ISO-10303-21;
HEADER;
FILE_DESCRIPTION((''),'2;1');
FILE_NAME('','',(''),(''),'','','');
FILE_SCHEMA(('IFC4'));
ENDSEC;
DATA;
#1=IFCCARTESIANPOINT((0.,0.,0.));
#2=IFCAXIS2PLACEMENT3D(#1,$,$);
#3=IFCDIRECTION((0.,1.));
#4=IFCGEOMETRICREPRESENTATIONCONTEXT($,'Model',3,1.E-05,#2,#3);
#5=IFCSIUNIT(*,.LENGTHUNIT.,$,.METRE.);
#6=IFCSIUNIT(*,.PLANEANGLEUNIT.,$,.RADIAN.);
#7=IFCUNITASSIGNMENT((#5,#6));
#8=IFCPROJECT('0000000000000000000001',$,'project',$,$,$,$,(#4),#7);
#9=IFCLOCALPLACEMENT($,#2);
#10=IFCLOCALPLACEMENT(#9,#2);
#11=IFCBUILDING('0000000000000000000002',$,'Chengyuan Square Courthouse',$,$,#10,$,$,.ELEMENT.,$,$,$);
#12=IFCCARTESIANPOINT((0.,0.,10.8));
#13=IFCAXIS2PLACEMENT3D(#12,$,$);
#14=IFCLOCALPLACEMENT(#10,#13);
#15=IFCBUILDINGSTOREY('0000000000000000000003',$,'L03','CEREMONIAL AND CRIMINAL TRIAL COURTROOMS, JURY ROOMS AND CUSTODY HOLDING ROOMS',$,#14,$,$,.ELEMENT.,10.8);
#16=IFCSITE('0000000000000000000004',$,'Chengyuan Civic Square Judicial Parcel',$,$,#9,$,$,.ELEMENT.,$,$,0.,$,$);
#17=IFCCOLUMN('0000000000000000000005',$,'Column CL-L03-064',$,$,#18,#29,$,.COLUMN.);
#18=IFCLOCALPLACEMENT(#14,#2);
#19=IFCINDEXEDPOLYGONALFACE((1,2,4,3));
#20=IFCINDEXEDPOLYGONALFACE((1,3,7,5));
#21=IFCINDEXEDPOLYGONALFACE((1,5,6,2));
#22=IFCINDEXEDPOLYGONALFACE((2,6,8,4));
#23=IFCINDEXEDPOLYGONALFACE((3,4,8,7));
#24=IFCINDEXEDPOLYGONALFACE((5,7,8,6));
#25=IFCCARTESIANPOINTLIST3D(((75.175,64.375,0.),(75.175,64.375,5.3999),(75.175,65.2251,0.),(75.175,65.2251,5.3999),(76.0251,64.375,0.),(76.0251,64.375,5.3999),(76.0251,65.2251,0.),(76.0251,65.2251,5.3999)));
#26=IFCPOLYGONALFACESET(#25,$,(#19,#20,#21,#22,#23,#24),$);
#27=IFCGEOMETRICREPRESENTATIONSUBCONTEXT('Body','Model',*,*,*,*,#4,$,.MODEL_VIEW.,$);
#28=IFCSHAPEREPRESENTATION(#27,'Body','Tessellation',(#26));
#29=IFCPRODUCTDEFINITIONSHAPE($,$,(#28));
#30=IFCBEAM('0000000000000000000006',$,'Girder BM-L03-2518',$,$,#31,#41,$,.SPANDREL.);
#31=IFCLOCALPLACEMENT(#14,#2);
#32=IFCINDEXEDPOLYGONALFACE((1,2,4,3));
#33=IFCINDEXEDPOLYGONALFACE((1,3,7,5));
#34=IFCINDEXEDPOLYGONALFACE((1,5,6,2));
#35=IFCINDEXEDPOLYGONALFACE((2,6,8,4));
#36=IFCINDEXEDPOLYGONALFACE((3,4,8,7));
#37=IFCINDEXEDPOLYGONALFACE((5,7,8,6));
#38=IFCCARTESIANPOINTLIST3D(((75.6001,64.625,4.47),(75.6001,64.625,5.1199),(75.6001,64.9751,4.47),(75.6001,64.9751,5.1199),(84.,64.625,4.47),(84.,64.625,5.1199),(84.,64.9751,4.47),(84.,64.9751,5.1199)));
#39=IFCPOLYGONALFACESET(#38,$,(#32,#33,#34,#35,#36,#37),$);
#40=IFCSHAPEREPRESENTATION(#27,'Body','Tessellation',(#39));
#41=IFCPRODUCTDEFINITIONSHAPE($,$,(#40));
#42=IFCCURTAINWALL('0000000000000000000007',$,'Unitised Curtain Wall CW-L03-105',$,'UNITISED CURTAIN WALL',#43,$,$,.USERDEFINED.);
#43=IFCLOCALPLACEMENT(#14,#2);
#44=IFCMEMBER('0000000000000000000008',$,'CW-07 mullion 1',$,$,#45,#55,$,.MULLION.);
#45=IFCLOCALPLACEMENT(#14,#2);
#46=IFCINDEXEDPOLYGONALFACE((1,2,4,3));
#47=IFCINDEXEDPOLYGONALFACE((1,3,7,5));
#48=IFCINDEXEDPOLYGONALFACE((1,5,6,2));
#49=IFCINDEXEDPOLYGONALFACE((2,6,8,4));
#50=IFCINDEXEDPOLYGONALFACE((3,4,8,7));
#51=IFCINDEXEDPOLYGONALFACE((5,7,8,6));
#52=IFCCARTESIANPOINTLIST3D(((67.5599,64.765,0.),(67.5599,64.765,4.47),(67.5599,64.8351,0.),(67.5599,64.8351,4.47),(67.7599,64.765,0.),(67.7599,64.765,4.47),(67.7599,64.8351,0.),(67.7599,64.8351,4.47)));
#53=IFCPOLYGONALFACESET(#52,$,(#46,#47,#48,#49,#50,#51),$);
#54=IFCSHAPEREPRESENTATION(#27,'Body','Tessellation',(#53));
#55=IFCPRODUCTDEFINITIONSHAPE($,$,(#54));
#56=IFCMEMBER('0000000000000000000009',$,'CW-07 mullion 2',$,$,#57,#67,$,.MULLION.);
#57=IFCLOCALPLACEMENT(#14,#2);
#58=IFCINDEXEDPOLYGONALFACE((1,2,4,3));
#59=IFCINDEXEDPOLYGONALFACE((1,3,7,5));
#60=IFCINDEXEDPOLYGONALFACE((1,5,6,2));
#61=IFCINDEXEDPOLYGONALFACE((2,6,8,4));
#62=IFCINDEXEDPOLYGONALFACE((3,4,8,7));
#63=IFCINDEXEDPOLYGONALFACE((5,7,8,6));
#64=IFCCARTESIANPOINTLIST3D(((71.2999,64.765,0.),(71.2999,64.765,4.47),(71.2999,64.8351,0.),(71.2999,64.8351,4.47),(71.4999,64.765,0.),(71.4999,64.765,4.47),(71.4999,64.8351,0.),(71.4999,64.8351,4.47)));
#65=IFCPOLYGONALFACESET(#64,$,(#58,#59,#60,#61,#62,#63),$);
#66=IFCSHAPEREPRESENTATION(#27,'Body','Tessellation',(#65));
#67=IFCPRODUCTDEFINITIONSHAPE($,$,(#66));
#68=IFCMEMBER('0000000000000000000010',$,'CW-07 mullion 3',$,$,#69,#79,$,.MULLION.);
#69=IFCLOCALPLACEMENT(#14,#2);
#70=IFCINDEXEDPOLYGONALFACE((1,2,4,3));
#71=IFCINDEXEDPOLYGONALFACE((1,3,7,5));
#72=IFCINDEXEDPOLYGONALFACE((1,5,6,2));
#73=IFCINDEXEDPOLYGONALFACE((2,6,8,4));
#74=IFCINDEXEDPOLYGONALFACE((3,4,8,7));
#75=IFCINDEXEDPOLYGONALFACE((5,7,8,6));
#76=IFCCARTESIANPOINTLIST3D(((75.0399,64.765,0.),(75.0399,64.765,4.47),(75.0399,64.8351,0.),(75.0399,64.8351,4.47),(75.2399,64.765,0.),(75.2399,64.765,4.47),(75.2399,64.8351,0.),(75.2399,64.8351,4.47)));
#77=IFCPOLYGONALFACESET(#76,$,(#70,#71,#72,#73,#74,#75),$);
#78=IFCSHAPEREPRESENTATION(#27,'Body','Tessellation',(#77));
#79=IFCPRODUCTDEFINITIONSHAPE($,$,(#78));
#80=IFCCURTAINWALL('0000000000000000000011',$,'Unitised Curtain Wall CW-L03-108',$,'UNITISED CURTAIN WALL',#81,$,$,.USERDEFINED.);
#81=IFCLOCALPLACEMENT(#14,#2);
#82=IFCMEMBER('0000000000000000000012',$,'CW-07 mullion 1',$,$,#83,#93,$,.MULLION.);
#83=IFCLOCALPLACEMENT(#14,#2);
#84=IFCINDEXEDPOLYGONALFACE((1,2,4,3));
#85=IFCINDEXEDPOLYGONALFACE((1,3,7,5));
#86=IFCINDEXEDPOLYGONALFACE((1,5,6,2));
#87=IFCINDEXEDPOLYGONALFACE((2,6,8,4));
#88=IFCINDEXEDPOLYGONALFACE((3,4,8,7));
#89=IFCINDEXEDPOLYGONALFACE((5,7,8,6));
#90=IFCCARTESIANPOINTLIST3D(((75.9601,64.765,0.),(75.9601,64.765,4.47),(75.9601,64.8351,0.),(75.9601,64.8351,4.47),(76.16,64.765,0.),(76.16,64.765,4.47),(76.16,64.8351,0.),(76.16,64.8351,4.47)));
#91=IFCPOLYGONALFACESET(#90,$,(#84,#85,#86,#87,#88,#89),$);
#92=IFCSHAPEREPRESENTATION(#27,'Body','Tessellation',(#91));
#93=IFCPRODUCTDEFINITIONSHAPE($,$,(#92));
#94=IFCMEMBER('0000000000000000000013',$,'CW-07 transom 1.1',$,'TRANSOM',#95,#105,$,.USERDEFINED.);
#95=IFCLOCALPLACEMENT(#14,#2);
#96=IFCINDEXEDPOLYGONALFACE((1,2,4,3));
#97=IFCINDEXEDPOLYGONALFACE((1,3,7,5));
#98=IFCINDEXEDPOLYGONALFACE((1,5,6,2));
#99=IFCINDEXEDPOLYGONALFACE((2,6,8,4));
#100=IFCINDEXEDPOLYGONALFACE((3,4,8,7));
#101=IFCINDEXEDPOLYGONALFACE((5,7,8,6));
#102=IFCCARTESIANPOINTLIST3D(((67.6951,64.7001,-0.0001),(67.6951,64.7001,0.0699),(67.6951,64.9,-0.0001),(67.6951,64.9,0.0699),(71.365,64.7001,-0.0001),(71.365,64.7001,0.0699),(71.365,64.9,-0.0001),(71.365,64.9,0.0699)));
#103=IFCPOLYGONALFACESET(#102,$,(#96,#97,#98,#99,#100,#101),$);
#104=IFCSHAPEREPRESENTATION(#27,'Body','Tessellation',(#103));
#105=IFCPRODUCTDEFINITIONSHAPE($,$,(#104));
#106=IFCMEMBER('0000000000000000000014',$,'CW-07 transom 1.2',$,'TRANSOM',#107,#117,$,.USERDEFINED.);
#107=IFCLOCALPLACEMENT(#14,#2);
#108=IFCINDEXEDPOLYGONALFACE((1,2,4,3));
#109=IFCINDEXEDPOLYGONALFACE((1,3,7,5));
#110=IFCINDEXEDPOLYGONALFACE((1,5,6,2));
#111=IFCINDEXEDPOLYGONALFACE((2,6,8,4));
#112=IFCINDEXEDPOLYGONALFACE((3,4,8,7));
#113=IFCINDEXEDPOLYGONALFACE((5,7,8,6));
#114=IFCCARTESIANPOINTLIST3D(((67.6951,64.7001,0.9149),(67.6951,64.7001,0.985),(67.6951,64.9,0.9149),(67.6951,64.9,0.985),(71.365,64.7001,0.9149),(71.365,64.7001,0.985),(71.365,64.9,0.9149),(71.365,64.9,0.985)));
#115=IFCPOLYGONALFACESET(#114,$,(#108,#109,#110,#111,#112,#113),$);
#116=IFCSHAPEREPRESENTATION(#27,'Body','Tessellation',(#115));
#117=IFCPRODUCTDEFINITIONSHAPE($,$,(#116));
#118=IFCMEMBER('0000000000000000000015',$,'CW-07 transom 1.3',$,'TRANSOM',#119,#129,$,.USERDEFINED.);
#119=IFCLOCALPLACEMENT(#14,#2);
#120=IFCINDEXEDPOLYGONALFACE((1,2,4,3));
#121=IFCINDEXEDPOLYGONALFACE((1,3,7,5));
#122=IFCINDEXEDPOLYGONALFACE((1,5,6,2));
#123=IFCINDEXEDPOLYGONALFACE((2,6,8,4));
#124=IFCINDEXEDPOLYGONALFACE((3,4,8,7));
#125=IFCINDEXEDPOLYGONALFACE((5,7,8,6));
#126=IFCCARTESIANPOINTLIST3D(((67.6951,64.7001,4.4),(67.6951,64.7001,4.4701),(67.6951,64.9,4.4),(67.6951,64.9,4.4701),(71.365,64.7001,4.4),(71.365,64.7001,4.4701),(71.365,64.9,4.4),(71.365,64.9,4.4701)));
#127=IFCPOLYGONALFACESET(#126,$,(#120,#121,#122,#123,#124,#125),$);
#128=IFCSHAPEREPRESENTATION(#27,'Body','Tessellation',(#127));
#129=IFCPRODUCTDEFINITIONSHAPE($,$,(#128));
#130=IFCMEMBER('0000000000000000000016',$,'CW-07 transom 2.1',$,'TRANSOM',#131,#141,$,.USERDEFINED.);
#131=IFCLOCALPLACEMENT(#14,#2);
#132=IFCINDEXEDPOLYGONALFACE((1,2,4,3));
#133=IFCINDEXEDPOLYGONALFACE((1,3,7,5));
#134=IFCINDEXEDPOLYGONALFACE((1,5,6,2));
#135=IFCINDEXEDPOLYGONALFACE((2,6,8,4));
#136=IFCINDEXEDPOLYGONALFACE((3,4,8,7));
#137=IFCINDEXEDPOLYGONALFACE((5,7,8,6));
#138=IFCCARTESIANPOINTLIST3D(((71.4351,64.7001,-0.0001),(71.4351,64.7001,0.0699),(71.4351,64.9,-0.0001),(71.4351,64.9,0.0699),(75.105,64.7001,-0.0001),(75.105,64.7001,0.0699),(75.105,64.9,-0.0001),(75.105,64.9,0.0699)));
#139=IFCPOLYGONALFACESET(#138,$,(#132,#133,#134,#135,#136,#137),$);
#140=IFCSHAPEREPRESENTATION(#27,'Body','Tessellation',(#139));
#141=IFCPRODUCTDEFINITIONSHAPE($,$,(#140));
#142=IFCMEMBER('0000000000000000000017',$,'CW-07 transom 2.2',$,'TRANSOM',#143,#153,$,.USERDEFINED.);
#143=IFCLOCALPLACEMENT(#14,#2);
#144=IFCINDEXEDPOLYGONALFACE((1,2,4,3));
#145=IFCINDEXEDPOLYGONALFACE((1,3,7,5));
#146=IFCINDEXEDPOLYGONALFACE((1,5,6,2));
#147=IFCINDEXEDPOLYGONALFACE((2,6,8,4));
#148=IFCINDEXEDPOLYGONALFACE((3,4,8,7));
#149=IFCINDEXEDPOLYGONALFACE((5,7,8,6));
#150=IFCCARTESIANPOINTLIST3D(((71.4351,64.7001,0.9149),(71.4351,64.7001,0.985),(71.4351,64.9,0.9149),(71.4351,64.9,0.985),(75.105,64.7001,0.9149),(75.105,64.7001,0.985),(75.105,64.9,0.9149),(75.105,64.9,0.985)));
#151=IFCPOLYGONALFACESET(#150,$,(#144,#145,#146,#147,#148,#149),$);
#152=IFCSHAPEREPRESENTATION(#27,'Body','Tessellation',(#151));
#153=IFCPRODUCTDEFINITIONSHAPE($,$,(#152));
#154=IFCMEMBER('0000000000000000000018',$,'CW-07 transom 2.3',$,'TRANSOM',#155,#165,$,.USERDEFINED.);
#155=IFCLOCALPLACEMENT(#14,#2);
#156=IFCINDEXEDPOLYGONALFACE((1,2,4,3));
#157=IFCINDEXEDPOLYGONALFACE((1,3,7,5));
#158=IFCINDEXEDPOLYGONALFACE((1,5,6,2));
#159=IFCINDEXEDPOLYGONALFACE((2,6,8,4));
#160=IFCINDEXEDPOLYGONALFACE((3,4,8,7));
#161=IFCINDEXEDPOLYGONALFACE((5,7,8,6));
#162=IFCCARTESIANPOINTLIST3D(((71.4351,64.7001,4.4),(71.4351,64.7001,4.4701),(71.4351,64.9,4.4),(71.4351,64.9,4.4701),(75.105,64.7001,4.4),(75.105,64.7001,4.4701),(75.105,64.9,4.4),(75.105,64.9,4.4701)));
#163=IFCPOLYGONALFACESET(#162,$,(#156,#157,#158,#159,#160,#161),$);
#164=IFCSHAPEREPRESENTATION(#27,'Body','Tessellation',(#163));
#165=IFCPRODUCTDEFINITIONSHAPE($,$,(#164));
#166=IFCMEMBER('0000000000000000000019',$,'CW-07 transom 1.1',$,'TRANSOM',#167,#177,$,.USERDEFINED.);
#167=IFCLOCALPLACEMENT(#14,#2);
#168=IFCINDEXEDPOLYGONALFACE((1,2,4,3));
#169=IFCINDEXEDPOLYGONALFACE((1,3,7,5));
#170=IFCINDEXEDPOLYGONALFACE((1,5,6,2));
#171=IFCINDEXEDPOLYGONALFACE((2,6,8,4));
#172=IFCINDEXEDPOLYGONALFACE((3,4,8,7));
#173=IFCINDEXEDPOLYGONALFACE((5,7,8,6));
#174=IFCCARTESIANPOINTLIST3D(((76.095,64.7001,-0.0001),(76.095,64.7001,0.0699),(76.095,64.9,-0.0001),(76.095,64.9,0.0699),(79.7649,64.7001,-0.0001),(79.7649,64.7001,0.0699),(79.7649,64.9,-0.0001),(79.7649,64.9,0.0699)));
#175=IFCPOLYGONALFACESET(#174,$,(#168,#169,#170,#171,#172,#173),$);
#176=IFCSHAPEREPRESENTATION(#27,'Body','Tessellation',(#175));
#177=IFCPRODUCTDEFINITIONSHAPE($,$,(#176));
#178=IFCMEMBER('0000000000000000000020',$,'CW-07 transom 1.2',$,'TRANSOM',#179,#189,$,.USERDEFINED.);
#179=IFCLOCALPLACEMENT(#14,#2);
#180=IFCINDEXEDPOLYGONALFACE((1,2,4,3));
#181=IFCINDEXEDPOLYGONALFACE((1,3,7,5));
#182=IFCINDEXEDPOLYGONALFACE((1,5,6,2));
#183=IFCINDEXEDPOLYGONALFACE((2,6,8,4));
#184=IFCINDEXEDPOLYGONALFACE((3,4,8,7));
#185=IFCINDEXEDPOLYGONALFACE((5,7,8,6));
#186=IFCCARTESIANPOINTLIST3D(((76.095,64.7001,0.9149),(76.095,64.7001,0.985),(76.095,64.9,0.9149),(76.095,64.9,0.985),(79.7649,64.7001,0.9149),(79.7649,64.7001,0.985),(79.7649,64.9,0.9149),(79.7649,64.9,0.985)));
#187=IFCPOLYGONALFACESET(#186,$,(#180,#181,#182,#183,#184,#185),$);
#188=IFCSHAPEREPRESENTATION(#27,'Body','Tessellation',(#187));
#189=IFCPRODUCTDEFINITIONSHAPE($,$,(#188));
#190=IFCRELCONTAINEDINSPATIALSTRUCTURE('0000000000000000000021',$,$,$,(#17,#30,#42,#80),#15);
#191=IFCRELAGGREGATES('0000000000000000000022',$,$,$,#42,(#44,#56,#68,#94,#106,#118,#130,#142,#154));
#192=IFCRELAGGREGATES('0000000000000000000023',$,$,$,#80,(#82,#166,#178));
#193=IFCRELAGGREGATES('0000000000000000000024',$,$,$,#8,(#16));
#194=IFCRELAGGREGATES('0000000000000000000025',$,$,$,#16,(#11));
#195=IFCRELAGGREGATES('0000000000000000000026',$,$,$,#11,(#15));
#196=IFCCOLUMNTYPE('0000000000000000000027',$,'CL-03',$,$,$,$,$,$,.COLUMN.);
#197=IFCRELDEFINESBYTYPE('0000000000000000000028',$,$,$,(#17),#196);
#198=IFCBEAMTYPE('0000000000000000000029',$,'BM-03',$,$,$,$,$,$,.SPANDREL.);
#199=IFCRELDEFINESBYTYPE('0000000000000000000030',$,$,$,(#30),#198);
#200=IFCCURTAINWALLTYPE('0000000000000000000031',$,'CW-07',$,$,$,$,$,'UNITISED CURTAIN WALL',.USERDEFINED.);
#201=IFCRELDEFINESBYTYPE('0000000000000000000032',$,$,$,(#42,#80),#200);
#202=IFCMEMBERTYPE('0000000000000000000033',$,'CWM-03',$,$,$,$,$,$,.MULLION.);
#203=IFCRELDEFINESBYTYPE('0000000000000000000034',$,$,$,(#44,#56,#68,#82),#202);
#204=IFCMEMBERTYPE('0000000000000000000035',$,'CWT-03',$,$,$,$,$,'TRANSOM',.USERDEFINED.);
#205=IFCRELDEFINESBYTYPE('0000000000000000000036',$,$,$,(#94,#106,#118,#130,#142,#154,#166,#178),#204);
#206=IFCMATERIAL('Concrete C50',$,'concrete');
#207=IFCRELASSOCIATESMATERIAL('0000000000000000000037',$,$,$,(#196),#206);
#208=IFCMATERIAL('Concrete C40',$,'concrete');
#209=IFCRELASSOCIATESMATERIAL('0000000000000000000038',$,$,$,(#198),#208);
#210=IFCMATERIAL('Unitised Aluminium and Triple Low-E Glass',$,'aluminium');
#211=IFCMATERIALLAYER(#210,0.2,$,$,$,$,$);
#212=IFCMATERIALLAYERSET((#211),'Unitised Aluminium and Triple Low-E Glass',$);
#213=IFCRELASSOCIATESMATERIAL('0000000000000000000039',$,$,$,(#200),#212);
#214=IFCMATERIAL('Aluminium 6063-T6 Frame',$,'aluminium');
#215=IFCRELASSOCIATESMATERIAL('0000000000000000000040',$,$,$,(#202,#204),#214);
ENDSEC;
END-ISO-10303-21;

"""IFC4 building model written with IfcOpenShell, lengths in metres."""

from ifc_helpers import new_model, si_unit, direction, frame, origin, origin_2d, place, context, subcontext, project, spatial, rectangle, extrude, material, layer, layer_set, material_profile, profile_set, type_object, element, aggregate, save


model = new_model("IFC4")

# Units and contexts
model_context = context("Model", 3, precision=1e-05, world=origin(), true_north=direction((0.0, 1.0)))
body_context = subcontext(model_context, "Body", "Model", "MODEL_VIEW")
ifc_project = project(units=[si_unit("LENGTHUNIT", "METRE"), si_unit("PLANEANGLEUNIT", "RADIAN")], contexts=[model_context])

# Site, building, storey
site_placement = place(None, origin())
site = spatial("IfcSite", under=ifc_project, at=site_placement, Name="Chengyuan Civic Square Judicial Parcel", CompositionType="ELEMENT", RefElevation=0.0)
building_placement = place(site_placement, origin())
building = spatial("IfcBuilding", under=site, at=building_placement, Name="Chengyuan Square Courthouse", CompositionType="ELEMENT")
storey_placement = place(building_placement, frame((0.0, 0.0, 10.8)))
storey = spatial("IfcBuildingStorey", under=building, at=storey_placement, Name="L03", Description="CEREMONIAL AND CRIMINAL TRIAL COURTROOMS, JURY ROOMS AND CUSTODY HOLDING ROOMS", CompositionType="ELEMENT", Elevation=10.8)

# Column
ifc_material_1 = material(Name="Concrete C50", Category="concrete")
ifc_material_profile_1 = material_profile(ifc_material_1, rectangle(XDim=0.8501, YDim=0.8501, at=origin_2d()), Name="RC-COL-850x850")
ifc_profile_set_1 = profile_set([ifc_material_profile_1], Name="Concrete C50")
column_type = type_object("IfcColumnType", Name="CL-03", PredefinedType="COLUMN", material=ifc_profile_set_1)
column_placement = place(storey_placement, frame((75.6001, 64.8, 0.0), z_axis=(0.0, 0.0, 1.0), x_axis=(1.0, 0.0, 0.0)))
element("IfcColumn", 1, at=column_placement, inside=storey, type_object=column_type, Name="Column CL-L03-064", PredefinedType="COLUMN", context=body_context, shape_type="SweptSolid", body=[
    extrude(rectangle(XDim=0.8501, YDim=0.8501, at=origin_2d()), origin(), (0.0, 0.0, 1.0), 5.3999),
])

# Beam
ifc_material_2 = material(Name="Concrete C40", Category="concrete")
ifc_material_profile_2 = material_profile(ifc_material_2, rectangle(XDim=0.3501, YDim=0.6499, at=origin_2d()), Name="RC-BM-350x650")
ifc_profile_set_2 = profile_set([ifc_material_profile_2], Name="Concrete C40")
beam_type = type_object("IfcBeamType", Name="BM-03", PredefinedType="SPANDREL", material=ifc_profile_set_2)
beam_placement = place(storey_placement, frame((75.6001, 64.8, 4.7949), z_axis=(1.0, 0.0, 0.0), x_axis=(0.0, 1.0, 0.0)))
element("IfcBeam", 2, at=beam_placement, inside=storey, type_object=beam_type, Name="Girder BM-L03-2518", PredefinedType="SPANDREL", context=body_context, shape_type="SweptSolid", body=[
    extrude(rectangle(XDim=0.3501, YDim=0.6499, at=origin_2d()), origin(), (0.0, 0.0, 1.0), 8.3999),
])

# Curtain wall, members
ifc_material_3 = material(Name="Unitised Aluminium and Triple Low-E Glass", Category="aluminium")
ifc_layer_1 = layer(ifc_material_3, 0.2)
ifc_layer_set_1 = layer_set([ifc_layer_1], Name="Unitised Aluminium and Triple Low-E Glass")
curtain_wall_type_1 = type_object("IfcCurtainWallType", Name="CW-07", ElementType="UNITISED CURTAIN WALL", PredefinedType="USERDEFINED", material=ifc_layer_set_1)
curtain_wall_1_placement = place(storey_placement, origin())
curtain_wall_1 = element("IfcCurtainWall", 3, at=curtain_wall_1_placement, inside=storey, type_object=curtain_wall_type_1, Name="Unitised Curtain Wall CW-L03-105", ObjectType="UNITISED CURTAIN WALL", PredefinedType="USERDEFINED")
ifc_material_4 = material(Name="Aluminium 6063-T6 Frame", Category="aluminium")
ifc_material_profile_3 = material_profile(ifc_material_4, rectangle(XDim=0.0701, YDim=0.2, at=origin_2d()), Name="CW-MUL-70x200")
ifc_profile_set_3 = profile_set([ifc_material_profile_3], Name="Aluminium 6063-T6 Frame")
member_type_1 = type_object("IfcMemberType", Name="CWM-03", PredefinedType="MULLION", material=ifc_profile_set_3)
member_1_placement = place(storey_placement, frame((67.6599, 64.8, 0.0), z_axis=(0.0, 0.0, 1.0), x_axis=(0.0, 1.0, 0.0)))
member_1 = element("IfcMember", 4, at=member_1_placement, type_object=member_type_1, Name="CW-07 mullion 1", PredefinedType="MULLION", context=body_context, shape_type="SweptSolid", body=[
    extrude(rectangle(XDim=0.0701, YDim=0.2, at=origin_2d()), origin(), (0.0, 0.0, 1.0), 4.47),
])
member_2_placement = place(storey_placement, frame((71.3999, 64.8, 0.0), z_axis=(0.0, 0.0, 1.0), x_axis=(0.0, 1.0, 0.0)))
member_2 = element("IfcMember", 5, at=member_2_placement, type_object=member_type_1, Name="CW-07 mullion 2", PredefinedType="MULLION", context=body_context, shape_type="SweptSolid", body=[
    extrude(rectangle(XDim=0.0701, YDim=0.2, at=origin_2d()), origin(), (0.0, 0.0, 1.0), 4.47),
])
member_3_placement = place(storey_placement, frame((75.1399, 64.8, 0.0), z_axis=(0.0, 0.0, 1.0), x_axis=(0.0, 1.0, 0.0)))
member_3 = element("IfcMember", 6, at=member_3_placement, type_object=member_type_1, Name="CW-07 mullion 3", PredefinedType="MULLION", context=body_context, shape_type="SweptSolid", body=[
    extrude(rectangle(XDim=0.0701, YDim=0.2, at=origin_2d()), origin(), (0.0, 0.0, 1.0), 4.47),
])

# Curtain wall, member
curtain_wall_2_placement = place(storey_placement, origin())
curtain_wall_2 = element("IfcCurtainWall", 7, at=curtain_wall_2_placement, inside=storey, type_object=curtain_wall_type_1, Name="Unitised Curtain Wall CW-L03-108", ObjectType="UNITISED CURTAIN WALL", PredefinedType="USERDEFINED")
member_4_placement = place(storey_placement, frame((76.0601, 64.8, 0.0), z_axis=(0.0, 0.0, 1.0), x_axis=(0.0, 1.0, 0.0)))
member_4 = element("IfcMember", 8, at=member_4_placement, type_object=member_type_1, Name="CW-07 mullion 1", PredefinedType="MULLION", context=body_context, shape_type="SweptSolid", body=[
    extrude(rectangle(XDim=0.0701, YDim=0.2, at=origin_2d()), origin(), (0.0, 0.0, 1.0), 4.47),
])

# Members
ifc_material_profile_4 = material_profile(ifc_material_4, rectangle(XDim=0.2, YDim=0.0701, at=origin_2d()), Name="CW-TRN-70x160")
ifc_profile_set_4 = profile_set([ifc_material_profile_4], Name="Aluminium 6063-T6 Frame")
member_type_2 = type_object("IfcMemberType", Name="CWT-03", ElementType="TRANSOM", PredefinedType="USERDEFINED", material=ifc_profile_set_4)
member_5_placement = place(storey_placement, frame((67.6951, 64.8, 0.0349), z_axis=(1.0, 0.0, 0.0), x_axis=(0.0, 1.0, 0.0)))
member_5 = element("IfcMember", 9, at=member_5_placement, type_object=member_type_2, Name="CW-07 transom 1.1", ObjectType="TRANSOM", PredefinedType="USERDEFINED", context=body_context, shape_type="SweptSolid", body=[
    extrude(rectangle(XDim=0.2, YDim=0.0701, at=origin_2d()), origin(), (0.0, 0.0, 1.0), 3.6699),
])
member_6_placement = place(storey_placement, frame((67.6951, 64.8, 0.95), z_axis=(1.0, 0.0, 0.0), x_axis=(0.0, 1.0, 0.0)))
member_6 = element("IfcMember", 10, at=member_6_placement, type_object=member_type_2, Name="CW-07 transom 1.2", ObjectType="TRANSOM", PredefinedType="USERDEFINED", context=body_context, shape_type="SweptSolid", body=[
    extrude(rectangle(XDim=0.2, YDim=0.0701, at=origin_2d()), origin(), (0.0, 0.0, 1.0), 3.6699),
])
member_7_placement = place(storey_placement, frame((67.6951, 64.8, 4.4351), z_axis=(1.0, 0.0, 0.0), x_axis=(0.0, 1.0, 0.0)))
member_7 = element("IfcMember", 11, at=member_7_placement, type_object=member_type_2, Name="CW-07 transom 1.3", ObjectType="TRANSOM", PredefinedType="USERDEFINED", context=body_context, shape_type="SweptSolid", body=[
    extrude(rectangle(XDim=0.2, YDim=0.0701, at=origin_2d()), origin(), (0.0, 0.0, 1.0), 3.6699),
])
member_8_placement = place(storey_placement, frame((71.4351, 64.8, 0.0349), z_axis=(1.0, 0.0, 0.0), x_axis=(0.0, 1.0, 0.0)))
member_8 = element("IfcMember", 12, at=member_8_placement, type_object=member_type_2, Name="CW-07 transom 2.1", ObjectType="TRANSOM", PredefinedType="USERDEFINED", context=body_context, shape_type="SweptSolid", body=[
    extrude(rectangle(XDim=0.2, YDim=0.0701, at=origin_2d()), origin(), (0.0, 0.0, 1.0), 3.6699),
])
member_9_placement = place(storey_placement, frame((71.4351, 64.8, 0.95), z_axis=(1.0, 0.0, 0.0), x_axis=(0.0, 1.0, 0.0)))
member_9 = element("IfcMember", 13, at=member_9_placement, type_object=member_type_2, Name="CW-07 transom 2.2", ObjectType="TRANSOM", PredefinedType="USERDEFINED", context=body_context, shape_type="SweptSolid", body=[
    extrude(rectangle(XDim=0.2, YDim=0.0701, at=origin_2d()), origin(), (0.0, 0.0, 1.0), 3.6699),
])
member_10_placement = place(storey_placement, frame((71.4351, 64.8, 4.4351), z_axis=(1.0, 0.0, 0.0), x_axis=(0.0, 1.0, 0.0)))
member_10 = element("IfcMember", 14, at=member_10_placement, type_object=member_type_2, Name="CW-07 transom 2.3", ObjectType="TRANSOM", PredefinedType="USERDEFINED", context=body_context, shape_type="SweptSolid", body=[
    extrude(rectangle(XDim=0.2, YDim=0.0701, at=origin_2d()), origin(), (0.0, 0.0, 1.0), 3.6699),
])
member_11_placement = place(storey_placement, frame((76.095, 64.8, 0.0349), z_axis=(1.0, 0.0, 0.0), x_axis=(0.0, 1.0, 0.0)))
member_11 = element("IfcMember", 15, at=member_11_placement, type_object=member_type_2, Name="CW-07 transom 1.1", ObjectType="TRANSOM", PredefinedType="USERDEFINED", context=body_context, shape_type="SweptSolid", body=[
    extrude(rectangle(XDim=0.2, YDim=0.0701, at=origin_2d()), origin(), (0.0, 0.0, 1.0), 3.6699),
])
member_12_placement = place(storey_placement, frame((76.095, 64.8, 0.95), z_axis=(1.0, 0.0, 0.0), x_axis=(0.0, 1.0, 0.0)))
member_12 = element("IfcMember", 16, at=member_12_placement, type_object=member_type_2, Name="CW-07 transom 1.2", ObjectType="TRANSOM", PredefinedType="USERDEFINED", context=body_context, shape_type="SweptSolid", body=[
    extrude(rectangle(XDim=0.2, YDim=0.0701, at=origin_2d()), origin(), (0.0, 0.0, 1.0), 3.6699),
])

aggregate(curtain_wall_1, [member_1, member_2, member_3, member_5, member_6, member_7, member_8, member_9, member_10])
aggregate(curtain_wall_2, [member_4, member_11, member_12])

save(model, "model.ifc")
